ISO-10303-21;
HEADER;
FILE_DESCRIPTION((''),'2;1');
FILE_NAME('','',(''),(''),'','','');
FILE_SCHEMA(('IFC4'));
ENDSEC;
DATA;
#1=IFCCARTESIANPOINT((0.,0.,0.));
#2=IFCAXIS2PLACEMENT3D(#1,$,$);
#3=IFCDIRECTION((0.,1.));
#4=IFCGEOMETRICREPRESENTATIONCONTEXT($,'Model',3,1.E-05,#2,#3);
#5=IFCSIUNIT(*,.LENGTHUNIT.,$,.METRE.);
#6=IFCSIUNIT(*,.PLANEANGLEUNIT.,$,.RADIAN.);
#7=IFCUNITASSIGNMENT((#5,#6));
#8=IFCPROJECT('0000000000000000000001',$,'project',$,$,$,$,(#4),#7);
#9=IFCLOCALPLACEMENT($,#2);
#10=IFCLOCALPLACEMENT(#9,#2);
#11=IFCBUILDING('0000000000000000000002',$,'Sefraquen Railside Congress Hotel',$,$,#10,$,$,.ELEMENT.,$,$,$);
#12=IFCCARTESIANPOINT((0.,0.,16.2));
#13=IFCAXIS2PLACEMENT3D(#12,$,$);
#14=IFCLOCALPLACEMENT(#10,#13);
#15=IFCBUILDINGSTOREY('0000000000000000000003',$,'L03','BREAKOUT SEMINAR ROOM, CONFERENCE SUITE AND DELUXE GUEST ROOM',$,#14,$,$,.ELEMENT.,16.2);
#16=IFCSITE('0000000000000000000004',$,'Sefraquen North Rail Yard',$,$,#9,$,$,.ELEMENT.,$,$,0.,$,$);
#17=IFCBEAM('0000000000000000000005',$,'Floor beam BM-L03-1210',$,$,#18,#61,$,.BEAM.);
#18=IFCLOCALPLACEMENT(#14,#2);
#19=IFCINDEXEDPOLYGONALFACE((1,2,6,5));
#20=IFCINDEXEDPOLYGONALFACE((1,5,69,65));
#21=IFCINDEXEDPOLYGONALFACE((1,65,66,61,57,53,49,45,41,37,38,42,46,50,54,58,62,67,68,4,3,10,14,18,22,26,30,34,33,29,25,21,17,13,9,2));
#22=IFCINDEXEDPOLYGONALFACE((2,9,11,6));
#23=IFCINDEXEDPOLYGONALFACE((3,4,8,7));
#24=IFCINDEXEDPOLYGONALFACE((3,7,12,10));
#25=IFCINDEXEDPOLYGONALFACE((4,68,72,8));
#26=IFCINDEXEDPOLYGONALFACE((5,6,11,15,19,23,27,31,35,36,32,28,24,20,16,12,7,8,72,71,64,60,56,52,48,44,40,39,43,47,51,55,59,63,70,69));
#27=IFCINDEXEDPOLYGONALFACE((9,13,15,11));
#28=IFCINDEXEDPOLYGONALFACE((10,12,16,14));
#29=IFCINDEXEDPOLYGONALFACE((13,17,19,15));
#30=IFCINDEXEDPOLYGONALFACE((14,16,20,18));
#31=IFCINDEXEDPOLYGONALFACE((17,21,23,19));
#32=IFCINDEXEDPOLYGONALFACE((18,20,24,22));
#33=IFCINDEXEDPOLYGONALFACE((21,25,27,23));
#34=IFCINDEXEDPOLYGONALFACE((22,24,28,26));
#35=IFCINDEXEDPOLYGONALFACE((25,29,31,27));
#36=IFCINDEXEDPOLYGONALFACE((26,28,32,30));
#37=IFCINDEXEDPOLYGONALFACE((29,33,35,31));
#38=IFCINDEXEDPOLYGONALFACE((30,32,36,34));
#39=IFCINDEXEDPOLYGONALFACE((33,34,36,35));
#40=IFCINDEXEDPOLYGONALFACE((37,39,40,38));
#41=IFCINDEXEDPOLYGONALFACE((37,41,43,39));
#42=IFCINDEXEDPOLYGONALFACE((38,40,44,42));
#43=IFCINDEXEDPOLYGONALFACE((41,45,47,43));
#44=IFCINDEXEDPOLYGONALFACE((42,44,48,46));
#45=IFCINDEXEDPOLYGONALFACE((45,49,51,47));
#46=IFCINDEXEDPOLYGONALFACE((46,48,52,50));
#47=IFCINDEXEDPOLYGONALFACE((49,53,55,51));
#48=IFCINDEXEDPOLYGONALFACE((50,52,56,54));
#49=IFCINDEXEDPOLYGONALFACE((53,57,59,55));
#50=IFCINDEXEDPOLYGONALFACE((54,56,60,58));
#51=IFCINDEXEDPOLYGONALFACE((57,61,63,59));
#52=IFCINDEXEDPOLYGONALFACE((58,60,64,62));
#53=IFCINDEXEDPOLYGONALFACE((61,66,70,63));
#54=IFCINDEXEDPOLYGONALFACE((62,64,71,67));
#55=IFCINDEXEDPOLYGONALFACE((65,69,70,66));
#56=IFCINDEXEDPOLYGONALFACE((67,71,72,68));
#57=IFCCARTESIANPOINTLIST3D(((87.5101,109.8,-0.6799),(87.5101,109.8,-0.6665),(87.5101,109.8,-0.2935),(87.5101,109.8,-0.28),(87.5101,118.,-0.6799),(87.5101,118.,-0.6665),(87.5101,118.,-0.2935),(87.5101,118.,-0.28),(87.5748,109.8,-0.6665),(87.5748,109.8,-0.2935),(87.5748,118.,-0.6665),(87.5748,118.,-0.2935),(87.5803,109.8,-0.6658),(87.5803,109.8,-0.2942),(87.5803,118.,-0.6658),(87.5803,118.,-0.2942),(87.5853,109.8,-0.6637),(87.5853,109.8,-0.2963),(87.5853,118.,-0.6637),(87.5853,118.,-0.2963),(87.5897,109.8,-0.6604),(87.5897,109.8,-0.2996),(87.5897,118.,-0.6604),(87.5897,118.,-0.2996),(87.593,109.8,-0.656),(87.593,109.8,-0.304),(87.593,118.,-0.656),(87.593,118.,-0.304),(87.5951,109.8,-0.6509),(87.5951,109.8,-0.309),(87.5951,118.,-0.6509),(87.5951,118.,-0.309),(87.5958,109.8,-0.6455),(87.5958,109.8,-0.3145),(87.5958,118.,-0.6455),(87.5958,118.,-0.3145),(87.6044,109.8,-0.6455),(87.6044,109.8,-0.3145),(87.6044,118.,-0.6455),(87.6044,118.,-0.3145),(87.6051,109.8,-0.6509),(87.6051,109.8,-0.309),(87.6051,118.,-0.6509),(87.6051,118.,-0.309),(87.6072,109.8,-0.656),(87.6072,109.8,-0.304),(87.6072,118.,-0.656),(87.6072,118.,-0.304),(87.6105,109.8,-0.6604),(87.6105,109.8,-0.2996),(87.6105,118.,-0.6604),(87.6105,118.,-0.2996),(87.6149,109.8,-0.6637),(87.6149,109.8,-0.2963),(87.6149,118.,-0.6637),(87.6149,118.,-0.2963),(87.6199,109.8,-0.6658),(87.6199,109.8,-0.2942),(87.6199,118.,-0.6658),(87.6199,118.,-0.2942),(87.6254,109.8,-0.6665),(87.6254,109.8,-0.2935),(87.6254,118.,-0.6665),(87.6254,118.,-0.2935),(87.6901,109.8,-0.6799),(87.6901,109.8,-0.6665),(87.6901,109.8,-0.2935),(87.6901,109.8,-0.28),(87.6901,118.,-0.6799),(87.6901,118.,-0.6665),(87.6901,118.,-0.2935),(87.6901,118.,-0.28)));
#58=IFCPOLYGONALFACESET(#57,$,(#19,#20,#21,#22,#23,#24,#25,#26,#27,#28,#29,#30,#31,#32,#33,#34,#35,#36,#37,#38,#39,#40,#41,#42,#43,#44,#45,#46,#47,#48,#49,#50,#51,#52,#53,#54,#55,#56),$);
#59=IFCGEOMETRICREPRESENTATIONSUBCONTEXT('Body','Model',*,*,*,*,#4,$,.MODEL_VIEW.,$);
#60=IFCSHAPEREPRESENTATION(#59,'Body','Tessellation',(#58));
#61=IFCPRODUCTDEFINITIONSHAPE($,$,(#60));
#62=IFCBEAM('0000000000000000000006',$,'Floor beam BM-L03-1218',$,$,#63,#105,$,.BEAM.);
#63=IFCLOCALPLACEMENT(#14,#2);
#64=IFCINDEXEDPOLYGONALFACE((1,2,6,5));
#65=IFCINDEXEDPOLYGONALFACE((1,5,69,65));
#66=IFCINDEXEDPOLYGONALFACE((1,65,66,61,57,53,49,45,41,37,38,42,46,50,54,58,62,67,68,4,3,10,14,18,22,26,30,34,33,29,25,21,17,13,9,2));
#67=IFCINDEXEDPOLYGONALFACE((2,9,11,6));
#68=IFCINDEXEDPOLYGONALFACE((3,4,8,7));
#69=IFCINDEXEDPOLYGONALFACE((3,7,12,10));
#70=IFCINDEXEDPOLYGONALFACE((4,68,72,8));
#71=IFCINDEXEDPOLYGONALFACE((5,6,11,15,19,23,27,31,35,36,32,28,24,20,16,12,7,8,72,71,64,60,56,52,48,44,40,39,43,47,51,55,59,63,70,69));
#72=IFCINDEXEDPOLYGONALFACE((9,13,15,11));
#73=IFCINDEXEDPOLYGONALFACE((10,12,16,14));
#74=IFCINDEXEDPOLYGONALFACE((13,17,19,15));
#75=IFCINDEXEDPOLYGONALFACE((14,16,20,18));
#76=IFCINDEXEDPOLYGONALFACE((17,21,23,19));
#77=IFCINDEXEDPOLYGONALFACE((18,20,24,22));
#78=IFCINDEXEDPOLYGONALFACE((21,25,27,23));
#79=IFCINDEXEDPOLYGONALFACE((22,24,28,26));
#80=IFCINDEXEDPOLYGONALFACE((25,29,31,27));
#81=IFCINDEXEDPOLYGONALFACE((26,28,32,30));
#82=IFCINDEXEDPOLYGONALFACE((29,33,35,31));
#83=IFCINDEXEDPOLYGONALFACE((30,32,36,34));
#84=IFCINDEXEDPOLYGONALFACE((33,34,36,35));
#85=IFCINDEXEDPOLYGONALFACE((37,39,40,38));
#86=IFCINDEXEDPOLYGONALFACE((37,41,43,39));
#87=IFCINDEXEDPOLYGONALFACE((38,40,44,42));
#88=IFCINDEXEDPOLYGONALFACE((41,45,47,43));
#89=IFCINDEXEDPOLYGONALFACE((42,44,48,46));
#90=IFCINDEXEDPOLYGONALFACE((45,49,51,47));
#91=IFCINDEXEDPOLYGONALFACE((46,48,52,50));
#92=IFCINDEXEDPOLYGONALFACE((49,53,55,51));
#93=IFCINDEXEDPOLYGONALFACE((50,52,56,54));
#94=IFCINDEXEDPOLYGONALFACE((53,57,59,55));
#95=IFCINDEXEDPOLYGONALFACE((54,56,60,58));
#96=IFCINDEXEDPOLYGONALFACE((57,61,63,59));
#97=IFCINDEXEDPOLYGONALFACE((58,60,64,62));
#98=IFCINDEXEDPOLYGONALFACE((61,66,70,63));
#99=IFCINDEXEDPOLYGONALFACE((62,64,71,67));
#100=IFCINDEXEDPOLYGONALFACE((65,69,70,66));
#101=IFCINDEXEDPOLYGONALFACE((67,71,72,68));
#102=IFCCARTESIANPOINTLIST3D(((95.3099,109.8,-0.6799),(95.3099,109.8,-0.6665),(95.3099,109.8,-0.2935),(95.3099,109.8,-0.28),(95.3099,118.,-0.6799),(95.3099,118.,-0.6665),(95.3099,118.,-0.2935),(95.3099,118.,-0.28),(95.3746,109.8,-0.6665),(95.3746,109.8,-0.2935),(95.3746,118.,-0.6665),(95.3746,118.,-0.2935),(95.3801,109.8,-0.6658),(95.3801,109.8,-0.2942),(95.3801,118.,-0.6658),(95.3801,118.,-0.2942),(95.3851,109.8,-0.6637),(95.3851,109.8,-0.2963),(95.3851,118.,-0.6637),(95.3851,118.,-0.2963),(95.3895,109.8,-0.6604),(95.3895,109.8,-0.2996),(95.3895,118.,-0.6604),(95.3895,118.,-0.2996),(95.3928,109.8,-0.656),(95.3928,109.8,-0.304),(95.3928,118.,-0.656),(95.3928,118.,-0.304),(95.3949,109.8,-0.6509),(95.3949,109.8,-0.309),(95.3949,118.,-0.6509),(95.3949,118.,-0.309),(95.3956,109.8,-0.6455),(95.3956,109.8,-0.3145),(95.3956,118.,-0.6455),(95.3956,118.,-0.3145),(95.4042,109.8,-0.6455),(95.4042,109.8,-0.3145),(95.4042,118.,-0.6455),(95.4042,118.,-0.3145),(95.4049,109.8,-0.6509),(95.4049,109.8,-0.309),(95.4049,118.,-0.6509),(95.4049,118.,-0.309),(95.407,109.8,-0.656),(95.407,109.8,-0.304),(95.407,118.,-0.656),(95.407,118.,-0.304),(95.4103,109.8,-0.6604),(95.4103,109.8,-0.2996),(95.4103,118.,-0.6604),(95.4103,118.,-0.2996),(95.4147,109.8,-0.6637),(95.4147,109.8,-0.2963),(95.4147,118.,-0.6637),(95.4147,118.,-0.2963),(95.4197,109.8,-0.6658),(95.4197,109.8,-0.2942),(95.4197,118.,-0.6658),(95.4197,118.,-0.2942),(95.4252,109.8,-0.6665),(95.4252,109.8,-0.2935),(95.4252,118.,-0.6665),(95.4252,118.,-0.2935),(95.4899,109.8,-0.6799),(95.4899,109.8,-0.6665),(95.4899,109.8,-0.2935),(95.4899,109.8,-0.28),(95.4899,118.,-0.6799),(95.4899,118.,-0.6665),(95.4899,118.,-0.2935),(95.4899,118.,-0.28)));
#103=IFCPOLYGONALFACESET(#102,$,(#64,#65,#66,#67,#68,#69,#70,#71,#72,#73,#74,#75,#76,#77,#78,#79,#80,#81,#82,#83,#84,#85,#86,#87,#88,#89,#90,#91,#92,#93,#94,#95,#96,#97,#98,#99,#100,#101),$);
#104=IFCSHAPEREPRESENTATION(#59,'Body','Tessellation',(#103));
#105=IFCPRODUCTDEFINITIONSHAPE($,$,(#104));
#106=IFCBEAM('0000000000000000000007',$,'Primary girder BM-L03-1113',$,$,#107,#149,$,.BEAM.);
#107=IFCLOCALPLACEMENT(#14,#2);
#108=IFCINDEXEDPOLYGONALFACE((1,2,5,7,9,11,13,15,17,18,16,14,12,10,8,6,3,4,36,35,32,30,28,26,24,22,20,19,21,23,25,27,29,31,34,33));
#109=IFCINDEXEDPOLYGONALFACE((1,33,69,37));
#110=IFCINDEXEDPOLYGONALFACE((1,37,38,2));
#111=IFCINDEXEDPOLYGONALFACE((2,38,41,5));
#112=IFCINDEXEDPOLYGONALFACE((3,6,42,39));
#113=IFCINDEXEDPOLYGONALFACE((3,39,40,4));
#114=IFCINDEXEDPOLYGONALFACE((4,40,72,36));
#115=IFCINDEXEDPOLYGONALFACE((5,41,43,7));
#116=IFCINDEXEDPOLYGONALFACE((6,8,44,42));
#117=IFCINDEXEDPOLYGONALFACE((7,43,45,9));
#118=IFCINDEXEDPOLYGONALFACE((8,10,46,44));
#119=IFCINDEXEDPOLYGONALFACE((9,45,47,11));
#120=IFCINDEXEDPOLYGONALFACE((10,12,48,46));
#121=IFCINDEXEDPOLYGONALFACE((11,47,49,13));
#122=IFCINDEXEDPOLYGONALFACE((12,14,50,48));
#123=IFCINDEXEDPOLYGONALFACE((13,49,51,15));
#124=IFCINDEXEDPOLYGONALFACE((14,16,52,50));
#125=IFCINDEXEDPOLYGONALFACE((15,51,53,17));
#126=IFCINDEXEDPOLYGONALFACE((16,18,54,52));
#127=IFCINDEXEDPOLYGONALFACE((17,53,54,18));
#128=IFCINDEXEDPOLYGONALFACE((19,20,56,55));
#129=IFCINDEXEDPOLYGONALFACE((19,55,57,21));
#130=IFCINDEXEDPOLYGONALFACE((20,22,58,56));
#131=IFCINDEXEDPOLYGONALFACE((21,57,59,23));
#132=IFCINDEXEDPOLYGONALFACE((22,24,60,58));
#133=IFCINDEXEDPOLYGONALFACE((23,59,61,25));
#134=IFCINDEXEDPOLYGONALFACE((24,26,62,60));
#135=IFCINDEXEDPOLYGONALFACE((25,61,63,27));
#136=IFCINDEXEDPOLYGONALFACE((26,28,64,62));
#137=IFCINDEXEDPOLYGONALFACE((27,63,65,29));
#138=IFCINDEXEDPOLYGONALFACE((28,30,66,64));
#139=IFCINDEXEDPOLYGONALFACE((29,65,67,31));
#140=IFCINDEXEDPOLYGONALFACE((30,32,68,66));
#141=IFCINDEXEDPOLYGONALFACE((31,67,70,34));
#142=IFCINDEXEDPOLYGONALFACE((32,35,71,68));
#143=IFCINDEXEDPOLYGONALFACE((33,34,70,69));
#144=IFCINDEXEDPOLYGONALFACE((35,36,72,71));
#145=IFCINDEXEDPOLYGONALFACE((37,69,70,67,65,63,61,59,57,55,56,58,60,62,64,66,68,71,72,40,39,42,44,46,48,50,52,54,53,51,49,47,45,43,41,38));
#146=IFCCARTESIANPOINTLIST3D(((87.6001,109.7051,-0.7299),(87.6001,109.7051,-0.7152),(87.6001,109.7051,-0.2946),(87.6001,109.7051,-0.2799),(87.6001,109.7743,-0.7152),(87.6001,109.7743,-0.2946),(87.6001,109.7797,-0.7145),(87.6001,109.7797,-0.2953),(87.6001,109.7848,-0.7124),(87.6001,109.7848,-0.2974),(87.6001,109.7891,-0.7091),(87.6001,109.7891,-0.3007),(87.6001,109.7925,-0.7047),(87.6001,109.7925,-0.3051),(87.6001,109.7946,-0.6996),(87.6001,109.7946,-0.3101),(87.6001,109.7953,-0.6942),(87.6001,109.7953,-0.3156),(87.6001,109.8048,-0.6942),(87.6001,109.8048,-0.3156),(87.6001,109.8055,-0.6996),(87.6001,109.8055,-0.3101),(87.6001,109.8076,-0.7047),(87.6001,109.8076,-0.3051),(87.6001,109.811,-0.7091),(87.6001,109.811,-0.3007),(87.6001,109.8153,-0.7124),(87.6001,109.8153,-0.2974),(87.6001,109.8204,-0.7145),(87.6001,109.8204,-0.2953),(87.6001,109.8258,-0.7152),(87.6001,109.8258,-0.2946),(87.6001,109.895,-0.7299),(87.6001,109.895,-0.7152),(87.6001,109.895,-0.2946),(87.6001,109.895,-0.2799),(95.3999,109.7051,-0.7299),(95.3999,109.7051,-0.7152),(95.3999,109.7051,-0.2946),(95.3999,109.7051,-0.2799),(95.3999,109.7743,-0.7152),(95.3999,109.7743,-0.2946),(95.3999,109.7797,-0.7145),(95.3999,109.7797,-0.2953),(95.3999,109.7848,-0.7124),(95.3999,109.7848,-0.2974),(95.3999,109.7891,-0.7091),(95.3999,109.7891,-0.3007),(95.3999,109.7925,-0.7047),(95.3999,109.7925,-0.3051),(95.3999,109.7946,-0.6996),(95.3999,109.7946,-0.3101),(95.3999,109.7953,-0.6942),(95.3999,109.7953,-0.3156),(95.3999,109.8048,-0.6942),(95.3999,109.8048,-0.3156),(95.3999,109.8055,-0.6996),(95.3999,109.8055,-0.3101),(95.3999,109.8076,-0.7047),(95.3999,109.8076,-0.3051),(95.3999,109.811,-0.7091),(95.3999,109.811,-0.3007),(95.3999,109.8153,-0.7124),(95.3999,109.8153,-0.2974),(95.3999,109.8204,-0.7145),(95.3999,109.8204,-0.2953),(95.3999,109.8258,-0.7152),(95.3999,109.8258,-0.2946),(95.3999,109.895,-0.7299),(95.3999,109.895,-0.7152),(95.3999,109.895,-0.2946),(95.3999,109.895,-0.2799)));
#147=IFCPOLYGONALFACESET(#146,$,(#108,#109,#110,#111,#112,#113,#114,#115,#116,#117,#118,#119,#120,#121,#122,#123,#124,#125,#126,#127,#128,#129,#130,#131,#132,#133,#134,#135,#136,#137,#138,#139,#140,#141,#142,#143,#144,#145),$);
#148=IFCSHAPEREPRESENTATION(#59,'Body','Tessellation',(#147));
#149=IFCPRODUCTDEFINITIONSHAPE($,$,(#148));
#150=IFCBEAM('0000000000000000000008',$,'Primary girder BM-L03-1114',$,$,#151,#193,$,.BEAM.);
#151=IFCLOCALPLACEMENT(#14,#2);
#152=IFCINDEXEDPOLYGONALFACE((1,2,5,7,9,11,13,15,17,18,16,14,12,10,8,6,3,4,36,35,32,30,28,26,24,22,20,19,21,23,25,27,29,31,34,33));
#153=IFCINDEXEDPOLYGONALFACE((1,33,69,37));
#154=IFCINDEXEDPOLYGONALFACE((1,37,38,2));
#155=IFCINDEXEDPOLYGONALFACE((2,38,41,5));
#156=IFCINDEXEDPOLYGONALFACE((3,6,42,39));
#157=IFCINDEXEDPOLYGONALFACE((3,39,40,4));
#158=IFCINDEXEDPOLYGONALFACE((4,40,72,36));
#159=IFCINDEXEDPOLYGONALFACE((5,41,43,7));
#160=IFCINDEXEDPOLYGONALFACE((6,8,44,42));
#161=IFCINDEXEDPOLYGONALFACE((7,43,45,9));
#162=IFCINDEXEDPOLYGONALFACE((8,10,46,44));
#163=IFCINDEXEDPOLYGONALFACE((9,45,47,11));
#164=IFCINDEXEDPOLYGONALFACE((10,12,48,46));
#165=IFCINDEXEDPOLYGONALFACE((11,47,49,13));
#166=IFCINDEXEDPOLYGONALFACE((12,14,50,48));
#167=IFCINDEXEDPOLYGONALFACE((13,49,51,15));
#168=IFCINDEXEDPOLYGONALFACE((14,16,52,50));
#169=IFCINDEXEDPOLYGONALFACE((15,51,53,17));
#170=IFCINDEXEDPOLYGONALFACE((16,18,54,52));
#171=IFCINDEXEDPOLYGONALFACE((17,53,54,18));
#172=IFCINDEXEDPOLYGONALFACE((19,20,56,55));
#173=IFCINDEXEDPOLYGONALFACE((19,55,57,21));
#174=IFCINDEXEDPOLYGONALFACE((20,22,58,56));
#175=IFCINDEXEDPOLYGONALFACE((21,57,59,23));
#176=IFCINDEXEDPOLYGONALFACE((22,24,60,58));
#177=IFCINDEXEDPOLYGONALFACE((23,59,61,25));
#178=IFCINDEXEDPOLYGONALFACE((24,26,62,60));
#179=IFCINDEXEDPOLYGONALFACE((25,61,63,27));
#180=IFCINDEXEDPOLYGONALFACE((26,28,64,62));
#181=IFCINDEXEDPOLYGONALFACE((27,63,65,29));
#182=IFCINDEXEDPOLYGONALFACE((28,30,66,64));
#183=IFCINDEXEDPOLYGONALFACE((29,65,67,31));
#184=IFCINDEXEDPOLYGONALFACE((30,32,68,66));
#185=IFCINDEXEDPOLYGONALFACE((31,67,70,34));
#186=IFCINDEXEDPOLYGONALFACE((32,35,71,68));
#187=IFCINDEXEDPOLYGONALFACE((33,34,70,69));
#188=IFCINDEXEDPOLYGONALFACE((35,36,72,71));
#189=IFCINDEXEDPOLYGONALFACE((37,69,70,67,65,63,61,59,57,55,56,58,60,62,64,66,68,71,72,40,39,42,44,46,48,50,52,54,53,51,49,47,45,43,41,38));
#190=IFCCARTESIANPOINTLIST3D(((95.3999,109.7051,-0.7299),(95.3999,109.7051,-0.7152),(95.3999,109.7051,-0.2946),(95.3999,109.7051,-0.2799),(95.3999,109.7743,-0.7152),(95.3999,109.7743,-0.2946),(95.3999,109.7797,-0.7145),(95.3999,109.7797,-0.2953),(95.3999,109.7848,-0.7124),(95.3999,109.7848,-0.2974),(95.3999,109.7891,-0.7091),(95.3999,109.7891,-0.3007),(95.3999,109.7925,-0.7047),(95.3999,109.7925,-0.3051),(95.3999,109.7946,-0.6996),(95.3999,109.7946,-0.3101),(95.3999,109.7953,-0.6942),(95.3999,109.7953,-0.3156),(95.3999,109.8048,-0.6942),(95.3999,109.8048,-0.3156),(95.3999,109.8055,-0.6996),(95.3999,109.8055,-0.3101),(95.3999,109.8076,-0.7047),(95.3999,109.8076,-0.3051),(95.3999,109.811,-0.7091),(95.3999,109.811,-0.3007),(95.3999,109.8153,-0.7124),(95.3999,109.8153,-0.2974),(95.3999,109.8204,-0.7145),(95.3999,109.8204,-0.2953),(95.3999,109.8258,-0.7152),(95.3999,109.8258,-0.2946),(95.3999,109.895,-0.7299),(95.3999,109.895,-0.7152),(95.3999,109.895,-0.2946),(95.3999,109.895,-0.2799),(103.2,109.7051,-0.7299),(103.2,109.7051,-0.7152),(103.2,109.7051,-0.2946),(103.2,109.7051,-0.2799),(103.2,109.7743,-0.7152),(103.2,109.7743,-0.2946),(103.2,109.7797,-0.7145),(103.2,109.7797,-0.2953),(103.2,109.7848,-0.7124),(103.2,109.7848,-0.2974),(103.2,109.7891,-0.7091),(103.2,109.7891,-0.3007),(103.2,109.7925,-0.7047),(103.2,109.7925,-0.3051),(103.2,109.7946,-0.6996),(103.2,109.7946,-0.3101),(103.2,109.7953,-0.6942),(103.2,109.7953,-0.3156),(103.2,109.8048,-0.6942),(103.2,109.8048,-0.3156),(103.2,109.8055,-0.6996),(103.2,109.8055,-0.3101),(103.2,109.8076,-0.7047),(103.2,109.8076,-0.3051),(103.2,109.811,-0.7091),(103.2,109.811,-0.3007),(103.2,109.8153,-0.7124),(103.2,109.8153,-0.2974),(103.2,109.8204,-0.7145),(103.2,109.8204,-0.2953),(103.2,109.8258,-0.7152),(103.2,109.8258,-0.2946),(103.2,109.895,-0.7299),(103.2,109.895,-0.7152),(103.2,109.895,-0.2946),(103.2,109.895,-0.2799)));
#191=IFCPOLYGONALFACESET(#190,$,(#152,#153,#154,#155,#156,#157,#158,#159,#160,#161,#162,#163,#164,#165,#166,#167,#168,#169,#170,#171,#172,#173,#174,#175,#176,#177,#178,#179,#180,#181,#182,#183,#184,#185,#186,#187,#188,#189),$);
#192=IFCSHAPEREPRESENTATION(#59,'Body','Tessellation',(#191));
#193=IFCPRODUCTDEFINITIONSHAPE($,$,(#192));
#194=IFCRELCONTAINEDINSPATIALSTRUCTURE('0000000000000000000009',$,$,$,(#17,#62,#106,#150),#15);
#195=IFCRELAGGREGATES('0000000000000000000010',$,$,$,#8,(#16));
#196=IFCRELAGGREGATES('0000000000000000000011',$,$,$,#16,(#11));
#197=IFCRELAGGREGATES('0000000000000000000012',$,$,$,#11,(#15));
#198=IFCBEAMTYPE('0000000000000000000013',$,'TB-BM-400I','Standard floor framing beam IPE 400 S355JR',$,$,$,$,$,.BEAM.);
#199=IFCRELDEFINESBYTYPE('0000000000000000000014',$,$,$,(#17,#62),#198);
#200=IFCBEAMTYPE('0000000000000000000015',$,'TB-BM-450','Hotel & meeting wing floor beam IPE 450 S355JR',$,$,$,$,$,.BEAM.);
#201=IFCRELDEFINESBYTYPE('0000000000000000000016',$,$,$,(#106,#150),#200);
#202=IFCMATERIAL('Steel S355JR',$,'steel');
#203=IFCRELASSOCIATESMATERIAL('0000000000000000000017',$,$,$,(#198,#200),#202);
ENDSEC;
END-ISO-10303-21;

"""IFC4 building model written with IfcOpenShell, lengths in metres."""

from ifc_helpers import new_model, si_unit, direction, frame, origin, origin_2d, place, context, subcontext, project, spatial, i_section, extrude, material, material_profile, profile_set, type_object, element, save


model = new_model("IFC4")

# Units and contexts
model_context = context("Model", 3, precision=1e-05, world=origin(), true_north=direction((0.0, 1.0)))
body_context = subcontext(model_context, "Body", "Model", "MODEL_VIEW")
ifc_project = project(units=[si_unit("LENGTHUNIT", "METRE"), si_unit("PLANEANGLEUNIT", "RADIAN")], contexts=[model_context])

# Site, building, storey
site_placement = place(None, origin())
site = spatial("IfcSite", under=ifc_project, at=site_placement, Name="Sefraquen North Rail Yard", CompositionType="ELEMENT", RefElevation=0.0)
building_placement = place(site_placement, origin())
building = spatial("IfcBuilding", under=site, at=building_placement, Name="Sefraquen Railside Congress Hotel", CompositionType="ELEMENT")
storey_placement = place(building_placement, frame((0.0, 0.0, 16.2)))
storey = spatial("IfcBuildingStorey", under=building, at=storey_placement, Name="L03", Description="BREAKOUT SEMINAR ROOM, CONFERENCE SUITE AND DELUXE GUEST ROOM", CompositionType="ELEMENT", Elevation=16.2)

# Shared definitions
ifc_material_1 = material(Name="Steel S355JR", Category="steel")

# Beams
ifc_material_profile_1 = material_profile(ifc_material_1, i_section(OverallWidth=0.1799, OverallDepth=0.3999, WebThickness=0.0085, FlangeThickness=0.0134, FilletRadius=0.021, at=origin_2d()), Name="IPE 400")
ifc_profile_set_1 = profile_set([ifc_material_profile_1], Name="Steel S355JR")
beam_type_1 = type_object("IfcBeamType", Name="TB-BM-400I", Description="Standard floor framing beam IPE 400 S355JR", PredefinedType="BEAM", material=ifc_profile_set_1)
for number, where, z_axis, x_axis, name in (
    (1, (87.6001, 109.8, -0.48), (0.0, 1.0, 0.0), (-1.0, 0.0, 0.0), "Floor beam BM-L03-1210"),
    (2, (95.3999, 109.8, -0.48), (0.0, 1.0, 0.0), (-1.0, 0.0, 0.0), "Floor beam BM-L03-1218"),
):
    element("IfcBeam", number, at=place(storey_placement, frame(where, z_axis=z_axis, x_axis=x_axis)), inside=storey, type_object=beam_type_1, Name=name, PredefinedType="BEAM", context=body_context, shape_type="SweptSolid", body=[
        extrude(i_section(OverallWidth=0.1799, OverallDepth=0.3999, WebThickness=0.0085, FlangeThickness=0.0134, FilletRadius=0.021, at=origin_2d()), origin(), (0.0, 0.0, 1.0), 8.2),
    ])
ifc_material_profile_2 = material_profile(ifc_material_1, i_section(OverallWidth=0.1899, OverallDepth=0.45, WebThickness=0.0095, FlangeThickness=0.0146, FilletRadius=0.021, at=origin_2d()), Name="IPE 450")
ifc_profile_set_2 = profile_set([ifc_material_profile_2], Name="Steel S355JR")
beam_type_2 = type_object("IfcBeamType", Name="TB-BM-450", Description="Hotel & meeting wing floor beam IPE 450 S355JR", PredefinedType="BEAM", material=ifc_profile_set_2)
beam_1_placement = place(storey_placement, frame((87.6001, 109.8, -0.5049), z_axis=(1.0, 0.0, 0.0), x_axis=(0.0, 1.0, 0.0)))
element("IfcBeam", 3, at=beam_1_placement, inside=storey, type_object=beam_type_2, Name="Primary girder BM-L03-1113", PredefinedType="BEAM", context=body_context, shape_type="SweptSolid", body=[
    extrude(i_section(OverallWidth=0.1899, OverallDepth=0.45, WebThickness=0.0095, FlangeThickness=0.0146, FilletRadius=0.021, at=origin_2d()), origin(), (0.0, 0.0, 1.0), 7.7998),
])
beam_2_placement = place(storey_placement, frame((95.3999, 109.8, -0.5049), z_axis=(1.0, 0.0, 0.0), x_axis=(0.0, 1.0, 0.0)))
element("IfcBeam", 4, at=beam_2_placement, inside=storey, type_object=beam_type_2, Name="Primary girder BM-L03-1114", PredefinedType="BEAM", context=body_context, shape_type="SweptSolid", body=[
    extrude(i_section(OverallWidth=0.1899, OverallDepth=0.45, WebThickness=0.0095, FlangeThickness=0.0146, FilletRadius=0.021, at=origin_2d()), origin(), (0.0, 0.0, 1.0), 7.8),
])

save(model, "model.ifc")
